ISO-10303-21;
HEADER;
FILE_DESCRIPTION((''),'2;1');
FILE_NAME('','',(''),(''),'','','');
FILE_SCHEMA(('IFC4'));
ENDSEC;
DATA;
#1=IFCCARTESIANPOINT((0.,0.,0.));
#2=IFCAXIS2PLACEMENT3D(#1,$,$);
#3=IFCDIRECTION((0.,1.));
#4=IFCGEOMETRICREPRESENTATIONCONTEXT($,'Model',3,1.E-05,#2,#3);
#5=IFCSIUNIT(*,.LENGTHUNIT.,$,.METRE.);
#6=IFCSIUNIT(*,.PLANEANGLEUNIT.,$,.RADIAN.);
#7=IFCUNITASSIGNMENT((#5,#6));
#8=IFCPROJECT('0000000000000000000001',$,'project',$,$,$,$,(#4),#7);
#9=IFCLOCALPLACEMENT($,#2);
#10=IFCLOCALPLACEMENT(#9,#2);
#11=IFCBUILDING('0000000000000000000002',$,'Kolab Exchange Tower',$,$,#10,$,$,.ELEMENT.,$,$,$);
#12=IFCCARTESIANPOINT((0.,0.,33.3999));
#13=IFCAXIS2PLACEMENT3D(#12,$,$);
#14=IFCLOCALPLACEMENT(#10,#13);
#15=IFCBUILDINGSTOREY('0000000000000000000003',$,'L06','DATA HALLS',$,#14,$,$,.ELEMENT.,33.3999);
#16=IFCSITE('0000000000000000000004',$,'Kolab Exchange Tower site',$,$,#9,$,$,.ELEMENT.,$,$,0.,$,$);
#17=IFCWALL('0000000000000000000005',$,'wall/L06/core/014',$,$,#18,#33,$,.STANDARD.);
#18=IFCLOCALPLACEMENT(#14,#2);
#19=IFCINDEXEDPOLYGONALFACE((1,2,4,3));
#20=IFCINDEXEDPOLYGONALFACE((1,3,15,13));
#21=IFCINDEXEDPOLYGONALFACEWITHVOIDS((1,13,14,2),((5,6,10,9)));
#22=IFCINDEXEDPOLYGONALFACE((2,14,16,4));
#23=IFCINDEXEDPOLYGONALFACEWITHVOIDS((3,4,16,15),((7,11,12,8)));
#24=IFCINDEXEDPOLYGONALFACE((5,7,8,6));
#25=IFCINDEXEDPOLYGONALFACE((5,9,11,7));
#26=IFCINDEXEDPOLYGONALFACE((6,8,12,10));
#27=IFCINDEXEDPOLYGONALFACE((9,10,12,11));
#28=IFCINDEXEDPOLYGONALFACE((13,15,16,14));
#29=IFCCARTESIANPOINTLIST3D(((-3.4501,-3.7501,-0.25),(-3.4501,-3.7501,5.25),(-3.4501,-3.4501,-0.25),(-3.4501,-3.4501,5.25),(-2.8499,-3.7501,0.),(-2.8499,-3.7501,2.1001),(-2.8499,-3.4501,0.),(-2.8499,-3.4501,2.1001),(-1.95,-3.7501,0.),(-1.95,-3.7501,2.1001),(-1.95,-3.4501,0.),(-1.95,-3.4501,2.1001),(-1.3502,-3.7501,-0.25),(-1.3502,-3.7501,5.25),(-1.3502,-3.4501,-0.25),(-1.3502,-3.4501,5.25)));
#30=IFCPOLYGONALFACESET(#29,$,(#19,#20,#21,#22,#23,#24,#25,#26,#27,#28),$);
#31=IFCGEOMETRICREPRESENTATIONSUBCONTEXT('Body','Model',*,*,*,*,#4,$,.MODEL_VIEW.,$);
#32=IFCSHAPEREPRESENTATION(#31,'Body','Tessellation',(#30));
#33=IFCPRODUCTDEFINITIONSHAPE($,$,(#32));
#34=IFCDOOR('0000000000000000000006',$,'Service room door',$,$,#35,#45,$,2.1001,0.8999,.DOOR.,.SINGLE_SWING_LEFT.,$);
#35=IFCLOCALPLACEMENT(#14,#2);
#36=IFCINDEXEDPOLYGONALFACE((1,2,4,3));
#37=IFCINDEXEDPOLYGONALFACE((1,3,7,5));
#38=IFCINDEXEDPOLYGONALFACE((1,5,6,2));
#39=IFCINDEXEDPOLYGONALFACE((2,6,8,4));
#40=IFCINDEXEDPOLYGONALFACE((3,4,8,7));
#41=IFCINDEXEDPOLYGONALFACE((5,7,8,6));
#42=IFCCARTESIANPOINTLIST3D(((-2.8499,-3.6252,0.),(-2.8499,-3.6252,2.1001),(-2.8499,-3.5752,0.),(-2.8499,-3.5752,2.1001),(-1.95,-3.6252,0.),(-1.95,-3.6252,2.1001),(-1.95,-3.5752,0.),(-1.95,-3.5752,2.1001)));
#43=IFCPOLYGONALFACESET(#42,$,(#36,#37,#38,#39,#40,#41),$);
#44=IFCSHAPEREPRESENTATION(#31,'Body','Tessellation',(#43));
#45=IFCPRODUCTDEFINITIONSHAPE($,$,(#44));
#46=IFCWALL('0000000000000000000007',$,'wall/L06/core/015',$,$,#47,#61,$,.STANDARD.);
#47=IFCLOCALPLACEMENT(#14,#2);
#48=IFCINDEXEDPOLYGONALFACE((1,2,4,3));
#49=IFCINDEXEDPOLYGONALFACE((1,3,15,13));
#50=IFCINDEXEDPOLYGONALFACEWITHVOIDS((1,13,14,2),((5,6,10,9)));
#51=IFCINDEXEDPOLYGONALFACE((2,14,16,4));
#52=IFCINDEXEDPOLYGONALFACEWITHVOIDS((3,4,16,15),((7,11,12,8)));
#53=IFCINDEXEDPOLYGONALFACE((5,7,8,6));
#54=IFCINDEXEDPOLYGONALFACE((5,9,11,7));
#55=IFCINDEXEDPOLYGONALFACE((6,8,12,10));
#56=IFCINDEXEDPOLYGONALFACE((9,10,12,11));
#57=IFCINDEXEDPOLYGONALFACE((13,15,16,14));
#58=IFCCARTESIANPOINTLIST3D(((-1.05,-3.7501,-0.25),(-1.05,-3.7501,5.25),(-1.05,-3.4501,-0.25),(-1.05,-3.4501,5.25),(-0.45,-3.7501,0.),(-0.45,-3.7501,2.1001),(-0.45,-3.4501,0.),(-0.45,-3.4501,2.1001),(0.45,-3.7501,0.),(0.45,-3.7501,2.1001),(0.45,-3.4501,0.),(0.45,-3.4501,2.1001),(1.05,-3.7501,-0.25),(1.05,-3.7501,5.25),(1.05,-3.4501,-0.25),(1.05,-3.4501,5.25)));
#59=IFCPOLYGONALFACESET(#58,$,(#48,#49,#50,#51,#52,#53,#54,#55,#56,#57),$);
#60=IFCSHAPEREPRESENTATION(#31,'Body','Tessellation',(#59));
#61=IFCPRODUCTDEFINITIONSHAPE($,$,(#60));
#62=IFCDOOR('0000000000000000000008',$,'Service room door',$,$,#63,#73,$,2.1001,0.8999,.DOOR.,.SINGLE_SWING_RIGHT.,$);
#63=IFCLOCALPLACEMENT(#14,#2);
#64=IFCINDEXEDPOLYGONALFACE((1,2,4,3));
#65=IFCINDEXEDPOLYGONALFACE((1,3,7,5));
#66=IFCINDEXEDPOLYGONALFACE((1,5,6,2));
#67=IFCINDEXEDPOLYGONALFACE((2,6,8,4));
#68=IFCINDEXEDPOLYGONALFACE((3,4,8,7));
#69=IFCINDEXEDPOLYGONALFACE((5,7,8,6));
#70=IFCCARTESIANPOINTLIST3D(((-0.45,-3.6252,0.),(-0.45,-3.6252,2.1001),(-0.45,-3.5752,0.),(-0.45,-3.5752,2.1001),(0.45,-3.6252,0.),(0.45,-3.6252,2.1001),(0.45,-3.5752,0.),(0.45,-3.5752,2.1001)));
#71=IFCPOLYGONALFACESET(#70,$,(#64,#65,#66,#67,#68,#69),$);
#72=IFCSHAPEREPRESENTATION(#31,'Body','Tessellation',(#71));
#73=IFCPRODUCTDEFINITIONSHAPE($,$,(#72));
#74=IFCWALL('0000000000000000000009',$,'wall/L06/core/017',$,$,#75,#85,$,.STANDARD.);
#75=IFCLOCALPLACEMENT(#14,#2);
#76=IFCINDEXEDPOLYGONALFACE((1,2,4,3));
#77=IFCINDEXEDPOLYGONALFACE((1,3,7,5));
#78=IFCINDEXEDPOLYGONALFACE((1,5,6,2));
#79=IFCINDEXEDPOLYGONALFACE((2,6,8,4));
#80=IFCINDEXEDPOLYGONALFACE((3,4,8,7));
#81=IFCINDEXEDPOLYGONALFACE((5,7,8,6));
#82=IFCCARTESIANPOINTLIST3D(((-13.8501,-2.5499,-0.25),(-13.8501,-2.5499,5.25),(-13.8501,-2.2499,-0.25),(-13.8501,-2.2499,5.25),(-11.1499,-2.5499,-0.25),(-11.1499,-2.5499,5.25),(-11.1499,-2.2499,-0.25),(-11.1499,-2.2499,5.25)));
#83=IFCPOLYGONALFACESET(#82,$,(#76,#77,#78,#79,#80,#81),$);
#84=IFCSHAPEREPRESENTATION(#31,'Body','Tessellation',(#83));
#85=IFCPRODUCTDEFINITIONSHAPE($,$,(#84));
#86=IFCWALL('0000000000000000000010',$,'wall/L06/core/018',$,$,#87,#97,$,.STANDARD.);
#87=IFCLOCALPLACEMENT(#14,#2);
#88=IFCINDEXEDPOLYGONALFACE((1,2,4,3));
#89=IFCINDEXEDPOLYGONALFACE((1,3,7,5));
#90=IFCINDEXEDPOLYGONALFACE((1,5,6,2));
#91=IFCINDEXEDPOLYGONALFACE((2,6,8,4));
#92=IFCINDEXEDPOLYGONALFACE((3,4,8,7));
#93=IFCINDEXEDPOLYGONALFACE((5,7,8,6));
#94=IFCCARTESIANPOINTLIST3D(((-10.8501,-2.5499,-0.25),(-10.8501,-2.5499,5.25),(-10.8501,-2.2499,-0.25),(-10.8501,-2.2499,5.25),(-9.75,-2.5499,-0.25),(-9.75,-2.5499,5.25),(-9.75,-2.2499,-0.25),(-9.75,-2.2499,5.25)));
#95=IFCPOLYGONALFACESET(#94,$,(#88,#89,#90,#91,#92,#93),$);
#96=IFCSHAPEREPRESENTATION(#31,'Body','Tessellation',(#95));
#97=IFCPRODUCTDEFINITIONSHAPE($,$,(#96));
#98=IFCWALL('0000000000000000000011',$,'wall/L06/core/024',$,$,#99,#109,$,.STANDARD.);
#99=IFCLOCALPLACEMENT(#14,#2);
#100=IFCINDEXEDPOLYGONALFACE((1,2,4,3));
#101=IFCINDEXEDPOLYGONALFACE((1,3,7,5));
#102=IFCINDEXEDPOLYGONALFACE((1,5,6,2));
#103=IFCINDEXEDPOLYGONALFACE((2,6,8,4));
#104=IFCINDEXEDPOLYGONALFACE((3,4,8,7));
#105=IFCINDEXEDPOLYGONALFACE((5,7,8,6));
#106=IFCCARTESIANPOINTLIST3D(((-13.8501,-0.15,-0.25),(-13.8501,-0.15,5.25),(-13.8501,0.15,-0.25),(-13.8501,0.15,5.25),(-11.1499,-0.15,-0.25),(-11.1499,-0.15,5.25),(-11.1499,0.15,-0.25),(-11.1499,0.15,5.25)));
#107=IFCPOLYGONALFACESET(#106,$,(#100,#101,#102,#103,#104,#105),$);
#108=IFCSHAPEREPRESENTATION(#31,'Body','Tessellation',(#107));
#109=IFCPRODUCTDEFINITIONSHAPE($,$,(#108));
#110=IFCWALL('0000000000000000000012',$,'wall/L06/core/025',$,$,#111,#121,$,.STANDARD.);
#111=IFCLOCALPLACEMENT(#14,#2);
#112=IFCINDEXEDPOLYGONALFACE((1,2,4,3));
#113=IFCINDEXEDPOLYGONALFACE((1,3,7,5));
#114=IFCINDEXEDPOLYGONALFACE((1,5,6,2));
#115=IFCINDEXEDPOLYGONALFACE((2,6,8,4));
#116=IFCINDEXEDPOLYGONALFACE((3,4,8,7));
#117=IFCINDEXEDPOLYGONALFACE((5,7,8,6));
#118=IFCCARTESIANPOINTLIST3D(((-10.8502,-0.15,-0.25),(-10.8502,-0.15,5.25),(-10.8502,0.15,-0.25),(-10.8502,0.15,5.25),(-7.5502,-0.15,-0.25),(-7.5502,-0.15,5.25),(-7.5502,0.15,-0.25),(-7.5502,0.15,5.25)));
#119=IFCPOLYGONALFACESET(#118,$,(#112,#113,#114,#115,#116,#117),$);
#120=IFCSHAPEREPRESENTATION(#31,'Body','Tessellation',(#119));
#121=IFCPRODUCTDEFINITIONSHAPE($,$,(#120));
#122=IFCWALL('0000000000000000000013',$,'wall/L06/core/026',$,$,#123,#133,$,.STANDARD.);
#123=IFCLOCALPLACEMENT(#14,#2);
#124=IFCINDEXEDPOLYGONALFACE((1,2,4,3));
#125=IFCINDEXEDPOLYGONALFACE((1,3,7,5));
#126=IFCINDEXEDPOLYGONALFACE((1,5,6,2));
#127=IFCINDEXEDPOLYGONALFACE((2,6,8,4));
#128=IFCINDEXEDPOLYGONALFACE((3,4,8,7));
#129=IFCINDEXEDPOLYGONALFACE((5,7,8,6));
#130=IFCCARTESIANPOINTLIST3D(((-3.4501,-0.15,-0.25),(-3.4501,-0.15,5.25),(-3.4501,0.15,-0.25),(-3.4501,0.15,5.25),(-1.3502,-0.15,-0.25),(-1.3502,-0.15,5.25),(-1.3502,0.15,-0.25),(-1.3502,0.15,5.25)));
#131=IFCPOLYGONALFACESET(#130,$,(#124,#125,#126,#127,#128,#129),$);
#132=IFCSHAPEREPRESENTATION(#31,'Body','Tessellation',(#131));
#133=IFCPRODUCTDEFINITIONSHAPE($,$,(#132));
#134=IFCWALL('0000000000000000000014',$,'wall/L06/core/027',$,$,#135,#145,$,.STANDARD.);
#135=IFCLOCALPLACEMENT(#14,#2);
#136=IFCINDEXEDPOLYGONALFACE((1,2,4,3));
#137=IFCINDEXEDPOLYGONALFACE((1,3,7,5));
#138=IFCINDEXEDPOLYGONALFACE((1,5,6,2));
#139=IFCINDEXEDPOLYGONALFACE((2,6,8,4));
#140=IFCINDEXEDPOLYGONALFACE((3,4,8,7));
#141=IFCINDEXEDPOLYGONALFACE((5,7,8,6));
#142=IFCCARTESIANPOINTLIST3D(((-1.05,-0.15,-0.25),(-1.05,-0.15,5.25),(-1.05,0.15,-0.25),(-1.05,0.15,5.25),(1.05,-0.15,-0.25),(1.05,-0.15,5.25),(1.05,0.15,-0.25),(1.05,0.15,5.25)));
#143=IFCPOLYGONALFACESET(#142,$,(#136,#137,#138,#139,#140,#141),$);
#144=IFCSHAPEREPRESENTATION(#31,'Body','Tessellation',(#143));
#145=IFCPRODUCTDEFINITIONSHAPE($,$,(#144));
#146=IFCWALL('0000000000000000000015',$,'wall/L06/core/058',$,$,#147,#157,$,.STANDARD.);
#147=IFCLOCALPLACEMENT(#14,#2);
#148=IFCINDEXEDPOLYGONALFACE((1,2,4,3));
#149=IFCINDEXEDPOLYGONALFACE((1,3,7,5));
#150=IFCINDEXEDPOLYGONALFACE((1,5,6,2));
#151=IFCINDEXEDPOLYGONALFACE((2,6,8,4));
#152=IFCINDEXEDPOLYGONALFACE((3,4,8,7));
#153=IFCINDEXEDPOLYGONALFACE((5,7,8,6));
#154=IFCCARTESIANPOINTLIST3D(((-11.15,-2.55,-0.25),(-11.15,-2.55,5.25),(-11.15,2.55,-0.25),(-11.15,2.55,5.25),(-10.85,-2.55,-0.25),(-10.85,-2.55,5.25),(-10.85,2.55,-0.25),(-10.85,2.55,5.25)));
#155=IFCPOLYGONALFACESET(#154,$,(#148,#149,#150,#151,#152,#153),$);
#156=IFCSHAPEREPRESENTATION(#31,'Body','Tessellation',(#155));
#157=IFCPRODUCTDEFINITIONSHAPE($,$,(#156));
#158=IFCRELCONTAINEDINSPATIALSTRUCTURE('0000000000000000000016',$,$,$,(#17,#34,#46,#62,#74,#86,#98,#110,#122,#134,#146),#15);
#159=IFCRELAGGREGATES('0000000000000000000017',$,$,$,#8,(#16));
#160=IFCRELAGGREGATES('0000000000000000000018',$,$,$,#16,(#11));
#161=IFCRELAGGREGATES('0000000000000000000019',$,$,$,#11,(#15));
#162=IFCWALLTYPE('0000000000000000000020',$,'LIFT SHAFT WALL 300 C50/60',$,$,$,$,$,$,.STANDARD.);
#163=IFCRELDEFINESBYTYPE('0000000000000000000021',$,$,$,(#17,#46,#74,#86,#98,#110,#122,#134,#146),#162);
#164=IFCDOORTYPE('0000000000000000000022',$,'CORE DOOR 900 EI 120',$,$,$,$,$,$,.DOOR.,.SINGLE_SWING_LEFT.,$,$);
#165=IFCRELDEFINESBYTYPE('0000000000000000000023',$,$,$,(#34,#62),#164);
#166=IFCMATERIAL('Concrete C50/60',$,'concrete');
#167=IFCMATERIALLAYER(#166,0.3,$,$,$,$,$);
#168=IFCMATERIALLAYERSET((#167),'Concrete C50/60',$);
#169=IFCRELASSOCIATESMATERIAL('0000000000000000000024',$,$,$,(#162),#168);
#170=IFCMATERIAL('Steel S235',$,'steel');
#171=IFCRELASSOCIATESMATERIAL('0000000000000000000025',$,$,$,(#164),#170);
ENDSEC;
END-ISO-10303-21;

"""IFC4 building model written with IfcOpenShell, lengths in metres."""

from ifc_helpers import new_model, si_unit, direction, frame, frame_2d, origin, place, context, subcontext, project, spatial, rectangle, extrude, material, layer, layer_set, type_object, element, fill, save


model = new_model("IFC4")

# Units and contexts
model_context = context("Model", 3, precision=1e-05, world=origin(), true_north=direction((0.0, 1.0)))
body_context = subcontext(model_context, "Body", "Model", "MODEL_VIEW")
ifc_project = project(units=[si_unit("LENGTHUNIT", "METRE"), si_unit("PLANEANGLEUNIT", "RADIAN")], contexts=[model_context])

# Site, building, storey
site_placement = place(None, origin())
site = spatial("IfcSite", under=ifc_project, at=site_placement, Name="Kolab Exchange Tower site", CompositionType="ELEMENT", RefElevation=0.0)
building_placement = place(site_placement, origin())
building = spatial("IfcBuilding", under=site, at=building_placement, Name="Kolab Exchange Tower", CompositionType="ELEMENT")
storey_placement = place(building_placement, frame((0.0, 0.0, 33.3999)))
storey = spatial("IfcBuildingStorey", under=building, at=storey_placement, Name="L06", Description="DATA HALLS", CompositionType="ELEMENT", Elevation=33.3999)

# Shared definitions
ifc_material_1 = material(Name="Concrete C50/60", Category="concrete")
ifc_layer_1 = layer(ifc_material_1, 0.3)
ifc_layer_set_1 = layer_set([ifc_layer_1], Name="Concrete C50/60")
wall_type_1 = type_object("IfcWallType", Name="LIFT SHAFT WALL 300 C50/60", PredefinedType="STANDARD", material=ifc_layer_set_1)

# Walls, openings, doors
wall_1_placement = place(storey_placement, frame((-3.45, -3.6001, -0.25), z_axis=(0.0, 0.0, 1.0), x_axis=(1.0, 0.0, 0.0)))
wall_1 = element("IfcWall", 1, at=wall_1_placement, inside=storey, type_object=wall_type_1, Name="wall/L06/core/014", PredefinedType="STANDARD", context=body_context, shape_type="SweptSolid", body=[
    extrude(rectangle(XDim=2.0999, YDim=0.3, at=frame_2d((1.0498, 0.0))), origin(), (0.0, 0.0, 1.0), 5.5),
])
opening_1_placement = place(wall_1_placement, frame((0.6001, 0.0, 0.25)))
opening_1 = element("IfcOpeningElement", 2, at=opening_1_placement, cuts=wall_1, PredefinedType="OPENING", context=body_context, shape_type="SweptSolid", body=[
    extrude(rectangle(XDim=0.8999, YDim=2.1001, at=frame_2d((0.45, 1.05))), frame((0.0, 0.1602, 0.0), z_axis=(0.0, -1.0, 0.0), x_axis=(1.0, 0.0, 0.0)), (0.0, 0.0, 1.0), 0.3201),
])
ifc_material_2 = material(Name="Steel S235", Category="steel")
door_type_1 = type_object("IfcDoorType", Name="CORE DOOR 900 EI 120", OperationType="SINGLE_SWING_LEFT", PredefinedType="DOOR", material=ifc_material_2)
door_1_placement = place(opening_1_placement, origin())
door_1 = element("IfcDoor", 3, at=door_1_placement, inside=storey, type_object=door_type_1, Name="Service room door", OperationType="SINGLE_SWING_LEFT", OverallHeight=2.1001, OverallWidth=0.8999, PredefinedType="DOOR", context=body_context, shape_type="SweptSolid", body=[
    extrude(rectangle(XDim=0.8999, YDim=2.1001, at=frame_2d((0.45, 1.05))), frame((0.0, 0.0249, 0.0), z_axis=(0.0, -1.0, 0.0), x_axis=(1.0, 0.0, 0.0)), (0.0, 0.0, 1.0), 0.05),
])
fill(opening_1, door_1)
wall_2_placement = place(storey_placement, frame((-1.05, -3.6001, -0.25), z_axis=(0.0, 0.0, 1.0), x_axis=(1.0, 0.0, 0.0)))
wall_2 = element("IfcWall", 4, at=wall_2_placement, inside=storey, type_object=wall_type_1, Name="wall/L06/core/015", PredefinedType="STANDARD", context=body_context, shape_type="SweptSolid", body=[
    extrude(rectangle(XDim=2.1001, YDim=0.3, at=frame_2d((1.05, 0.0))), origin(), (0.0, 0.0, 1.0), 5.5),
])
opening_2_placement = place(wall_2_placement, frame((0.6001, 0.0, 0.25)))
opening_2 = element("IfcOpeningElement", 5, at=opening_2_placement, cuts=wall_2, PredefinedType="OPENING", context=body_context, shape_type="SweptSolid", body=[
    extrude(rectangle(XDim=0.8999, YDim=2.1001, at=frame_2d((0.45, 1.05))), frame((0.0, 0.1602, 0.0), z_axis=(0.0, -1.0, 0.0), x_axis=(1.0, 0.0, 0.0)), (0.0, 0.0, 1.0), 0.3201),
])
door_2_placement = place(opening_2_placement, origin())
door_2 = element("IfcDoor", 6, at=door_2_placement, inside=storey, type_object=door_type_1, Name="Service room door", OperationType="SINGLE_SWING_RIGHT", OverallHeight=2.1001, OverallWidth=0.8999, PredefinedType="DOOR", context=body_context, shape_type="SweptSolid", body=[
    extrude(rectangle(XDim=0.8999, YDim=2.1001, at=frame_2d((0.45, 1.05))), frame((0.0, 0.0249, 0.0), z_axis=(0.0, -1.0, 0.0), x_axis=(1.0, 0.0, 0.0)), (0.0, 0.0, 1.0), 0.05),
])
fill(opening_2, door_2)

# Walls
wall_3_placement = place(storey_placement, frame((-13.8501, -2.3999, -0.25), z_axis=(0.0, 0.0, 1.0), x_axis=(1.0, 0.0, 0.0)))
element("IfcWall", 7, at=wall_3_placement, inside=storey, type_object=wall_type_1, Name="wall/L06/core/017", PredefinedType="STANDARD", context=body_context, shape_type="SweptSolid", body=[
    extrude(rectangle(XDim=2.7002, YDim=0.3, at=frame_2d((1.3501, 0.0))), origin(), (0.0, 0.0, 1.0), 5.5),
])
wall_4_placement = place(storey_placement, frame((-10.8501, -2.3999, -0.25), z_axis=(0.0, 0.0, 1.0), x_axis=(1.0, 0.0, 0.0)))
element("IfcWall", 8, at=wall_4_placement, inside=storey, type_object=wall_type_1, Name="wall/L06/core/018", PredefinedType="STANDARD", context=body_context, shape_type="SweptSolid", body=[
    extrude(rectangle(XDim=1.1001, YDim=0.3, at=frame_2d((0.55, 0.0))), origin(), (0.0, 0.0, 1.0), 5.5),
])
wall_5_placement = place(storey_placement, frame((-13.8501, 0.0, -0.25), z_axis=(0.0, 0.0, 1.0), x_axis=(1.0, 0.0, 0.0)))
element("IfcWall", 9, at=wall_5_placement, inside=storey, type_object=wall_type_1, Name="wall/L06/core/024", PredefinedType="STANDARD", context=body_context, shape_type="SweptSolid", body=[
    extrude(rectangle(XDim=2.7002, YDim=0.3, at=frame_2d((1.3501, 0.0))), origin(), (0.0, 0.0, 1.0), 5.5),
])
wall_6_placement = place(storey_placement, frame((-10.8501, 0.0, -0.25), z_axis=(0.0, 0.0, 1.0), x_axis=(1.0, 0.0, 0.0)))
element("IfcWall", 10, at=wall_6_placement, inside=storey, type_object=wall_type_1, Name="wall/L06/core/025", PredefinedType="STANDARD", context=body_context, shape_type="SweptSolid", body=[
    extrude(rectangle(XDim=3.3, YDim=0.3, at=frame_2d((1.6499, 0.0))), origin(), (0.0, 0.0, 1.0), 5.5),
])
wall_7_placement = place(storey_placement, frame((-3.45, 0.0, -0.25), z_axis=(0.0, 0.0, 1.0), x_axis=(1.0, 0.0, 0.0)))
element("IfcWall", 11, at=wall_7_placement, inside=storey, type_object=wall_type_1, Name="wall/L06/core/026", PredefinedType="STANDARD", context=body_context, shape_type="SweptSolid", body=[
    extrude(rectangle(XDim=2.0999, YDim=0.3, at=frame_2d((1.0498, 0.0))), origin(), (0.0, 0.0, 1.0), 5.5),
])
wall_8_placement = place(storey_placement, frame((-1.05, 0.0, -0.25), z_axis=(0.0, 0.0, 1.0), x_axis=(1.0, 0.0, 0.0)))
element("IfcWall", 12, at=wall_8_placement, inside=storey, type_object=wall_type_1, Name="wall/L06/core/027", PredefinedType="STANDARD", context=body_context, shape_type="SweptSolid", body=[
    extrude(rectangle(XDim=2.1001, YDim=0.3, at=frame_2d((1.05, 0.0))), origin(), (0.0, 0.0, 1.0), 5.5),
])
wall_9_placement = place(storey_placement, frame((-11.0, -2.55, -0.25), z_axis=(0.0, 0.0, 1.0), x_axis=(0.0, 1.0, 0.0)))
element("IfcWall", 13, at=wall_9_placement, inside=storey, type_object=wall_type_1, Name="wall/L06/core/058", PredefinedType="STANDARD", context=body_context, shape_type="SweptSolid", body=[
    extrude(rectangle(XDim=5.1001, YDim=0.3, at=frame_2d((2.55, 0.0))), origin(), (0.0, 0.0, 1.0), 5.5),
])

save(model, "model.ifc")
